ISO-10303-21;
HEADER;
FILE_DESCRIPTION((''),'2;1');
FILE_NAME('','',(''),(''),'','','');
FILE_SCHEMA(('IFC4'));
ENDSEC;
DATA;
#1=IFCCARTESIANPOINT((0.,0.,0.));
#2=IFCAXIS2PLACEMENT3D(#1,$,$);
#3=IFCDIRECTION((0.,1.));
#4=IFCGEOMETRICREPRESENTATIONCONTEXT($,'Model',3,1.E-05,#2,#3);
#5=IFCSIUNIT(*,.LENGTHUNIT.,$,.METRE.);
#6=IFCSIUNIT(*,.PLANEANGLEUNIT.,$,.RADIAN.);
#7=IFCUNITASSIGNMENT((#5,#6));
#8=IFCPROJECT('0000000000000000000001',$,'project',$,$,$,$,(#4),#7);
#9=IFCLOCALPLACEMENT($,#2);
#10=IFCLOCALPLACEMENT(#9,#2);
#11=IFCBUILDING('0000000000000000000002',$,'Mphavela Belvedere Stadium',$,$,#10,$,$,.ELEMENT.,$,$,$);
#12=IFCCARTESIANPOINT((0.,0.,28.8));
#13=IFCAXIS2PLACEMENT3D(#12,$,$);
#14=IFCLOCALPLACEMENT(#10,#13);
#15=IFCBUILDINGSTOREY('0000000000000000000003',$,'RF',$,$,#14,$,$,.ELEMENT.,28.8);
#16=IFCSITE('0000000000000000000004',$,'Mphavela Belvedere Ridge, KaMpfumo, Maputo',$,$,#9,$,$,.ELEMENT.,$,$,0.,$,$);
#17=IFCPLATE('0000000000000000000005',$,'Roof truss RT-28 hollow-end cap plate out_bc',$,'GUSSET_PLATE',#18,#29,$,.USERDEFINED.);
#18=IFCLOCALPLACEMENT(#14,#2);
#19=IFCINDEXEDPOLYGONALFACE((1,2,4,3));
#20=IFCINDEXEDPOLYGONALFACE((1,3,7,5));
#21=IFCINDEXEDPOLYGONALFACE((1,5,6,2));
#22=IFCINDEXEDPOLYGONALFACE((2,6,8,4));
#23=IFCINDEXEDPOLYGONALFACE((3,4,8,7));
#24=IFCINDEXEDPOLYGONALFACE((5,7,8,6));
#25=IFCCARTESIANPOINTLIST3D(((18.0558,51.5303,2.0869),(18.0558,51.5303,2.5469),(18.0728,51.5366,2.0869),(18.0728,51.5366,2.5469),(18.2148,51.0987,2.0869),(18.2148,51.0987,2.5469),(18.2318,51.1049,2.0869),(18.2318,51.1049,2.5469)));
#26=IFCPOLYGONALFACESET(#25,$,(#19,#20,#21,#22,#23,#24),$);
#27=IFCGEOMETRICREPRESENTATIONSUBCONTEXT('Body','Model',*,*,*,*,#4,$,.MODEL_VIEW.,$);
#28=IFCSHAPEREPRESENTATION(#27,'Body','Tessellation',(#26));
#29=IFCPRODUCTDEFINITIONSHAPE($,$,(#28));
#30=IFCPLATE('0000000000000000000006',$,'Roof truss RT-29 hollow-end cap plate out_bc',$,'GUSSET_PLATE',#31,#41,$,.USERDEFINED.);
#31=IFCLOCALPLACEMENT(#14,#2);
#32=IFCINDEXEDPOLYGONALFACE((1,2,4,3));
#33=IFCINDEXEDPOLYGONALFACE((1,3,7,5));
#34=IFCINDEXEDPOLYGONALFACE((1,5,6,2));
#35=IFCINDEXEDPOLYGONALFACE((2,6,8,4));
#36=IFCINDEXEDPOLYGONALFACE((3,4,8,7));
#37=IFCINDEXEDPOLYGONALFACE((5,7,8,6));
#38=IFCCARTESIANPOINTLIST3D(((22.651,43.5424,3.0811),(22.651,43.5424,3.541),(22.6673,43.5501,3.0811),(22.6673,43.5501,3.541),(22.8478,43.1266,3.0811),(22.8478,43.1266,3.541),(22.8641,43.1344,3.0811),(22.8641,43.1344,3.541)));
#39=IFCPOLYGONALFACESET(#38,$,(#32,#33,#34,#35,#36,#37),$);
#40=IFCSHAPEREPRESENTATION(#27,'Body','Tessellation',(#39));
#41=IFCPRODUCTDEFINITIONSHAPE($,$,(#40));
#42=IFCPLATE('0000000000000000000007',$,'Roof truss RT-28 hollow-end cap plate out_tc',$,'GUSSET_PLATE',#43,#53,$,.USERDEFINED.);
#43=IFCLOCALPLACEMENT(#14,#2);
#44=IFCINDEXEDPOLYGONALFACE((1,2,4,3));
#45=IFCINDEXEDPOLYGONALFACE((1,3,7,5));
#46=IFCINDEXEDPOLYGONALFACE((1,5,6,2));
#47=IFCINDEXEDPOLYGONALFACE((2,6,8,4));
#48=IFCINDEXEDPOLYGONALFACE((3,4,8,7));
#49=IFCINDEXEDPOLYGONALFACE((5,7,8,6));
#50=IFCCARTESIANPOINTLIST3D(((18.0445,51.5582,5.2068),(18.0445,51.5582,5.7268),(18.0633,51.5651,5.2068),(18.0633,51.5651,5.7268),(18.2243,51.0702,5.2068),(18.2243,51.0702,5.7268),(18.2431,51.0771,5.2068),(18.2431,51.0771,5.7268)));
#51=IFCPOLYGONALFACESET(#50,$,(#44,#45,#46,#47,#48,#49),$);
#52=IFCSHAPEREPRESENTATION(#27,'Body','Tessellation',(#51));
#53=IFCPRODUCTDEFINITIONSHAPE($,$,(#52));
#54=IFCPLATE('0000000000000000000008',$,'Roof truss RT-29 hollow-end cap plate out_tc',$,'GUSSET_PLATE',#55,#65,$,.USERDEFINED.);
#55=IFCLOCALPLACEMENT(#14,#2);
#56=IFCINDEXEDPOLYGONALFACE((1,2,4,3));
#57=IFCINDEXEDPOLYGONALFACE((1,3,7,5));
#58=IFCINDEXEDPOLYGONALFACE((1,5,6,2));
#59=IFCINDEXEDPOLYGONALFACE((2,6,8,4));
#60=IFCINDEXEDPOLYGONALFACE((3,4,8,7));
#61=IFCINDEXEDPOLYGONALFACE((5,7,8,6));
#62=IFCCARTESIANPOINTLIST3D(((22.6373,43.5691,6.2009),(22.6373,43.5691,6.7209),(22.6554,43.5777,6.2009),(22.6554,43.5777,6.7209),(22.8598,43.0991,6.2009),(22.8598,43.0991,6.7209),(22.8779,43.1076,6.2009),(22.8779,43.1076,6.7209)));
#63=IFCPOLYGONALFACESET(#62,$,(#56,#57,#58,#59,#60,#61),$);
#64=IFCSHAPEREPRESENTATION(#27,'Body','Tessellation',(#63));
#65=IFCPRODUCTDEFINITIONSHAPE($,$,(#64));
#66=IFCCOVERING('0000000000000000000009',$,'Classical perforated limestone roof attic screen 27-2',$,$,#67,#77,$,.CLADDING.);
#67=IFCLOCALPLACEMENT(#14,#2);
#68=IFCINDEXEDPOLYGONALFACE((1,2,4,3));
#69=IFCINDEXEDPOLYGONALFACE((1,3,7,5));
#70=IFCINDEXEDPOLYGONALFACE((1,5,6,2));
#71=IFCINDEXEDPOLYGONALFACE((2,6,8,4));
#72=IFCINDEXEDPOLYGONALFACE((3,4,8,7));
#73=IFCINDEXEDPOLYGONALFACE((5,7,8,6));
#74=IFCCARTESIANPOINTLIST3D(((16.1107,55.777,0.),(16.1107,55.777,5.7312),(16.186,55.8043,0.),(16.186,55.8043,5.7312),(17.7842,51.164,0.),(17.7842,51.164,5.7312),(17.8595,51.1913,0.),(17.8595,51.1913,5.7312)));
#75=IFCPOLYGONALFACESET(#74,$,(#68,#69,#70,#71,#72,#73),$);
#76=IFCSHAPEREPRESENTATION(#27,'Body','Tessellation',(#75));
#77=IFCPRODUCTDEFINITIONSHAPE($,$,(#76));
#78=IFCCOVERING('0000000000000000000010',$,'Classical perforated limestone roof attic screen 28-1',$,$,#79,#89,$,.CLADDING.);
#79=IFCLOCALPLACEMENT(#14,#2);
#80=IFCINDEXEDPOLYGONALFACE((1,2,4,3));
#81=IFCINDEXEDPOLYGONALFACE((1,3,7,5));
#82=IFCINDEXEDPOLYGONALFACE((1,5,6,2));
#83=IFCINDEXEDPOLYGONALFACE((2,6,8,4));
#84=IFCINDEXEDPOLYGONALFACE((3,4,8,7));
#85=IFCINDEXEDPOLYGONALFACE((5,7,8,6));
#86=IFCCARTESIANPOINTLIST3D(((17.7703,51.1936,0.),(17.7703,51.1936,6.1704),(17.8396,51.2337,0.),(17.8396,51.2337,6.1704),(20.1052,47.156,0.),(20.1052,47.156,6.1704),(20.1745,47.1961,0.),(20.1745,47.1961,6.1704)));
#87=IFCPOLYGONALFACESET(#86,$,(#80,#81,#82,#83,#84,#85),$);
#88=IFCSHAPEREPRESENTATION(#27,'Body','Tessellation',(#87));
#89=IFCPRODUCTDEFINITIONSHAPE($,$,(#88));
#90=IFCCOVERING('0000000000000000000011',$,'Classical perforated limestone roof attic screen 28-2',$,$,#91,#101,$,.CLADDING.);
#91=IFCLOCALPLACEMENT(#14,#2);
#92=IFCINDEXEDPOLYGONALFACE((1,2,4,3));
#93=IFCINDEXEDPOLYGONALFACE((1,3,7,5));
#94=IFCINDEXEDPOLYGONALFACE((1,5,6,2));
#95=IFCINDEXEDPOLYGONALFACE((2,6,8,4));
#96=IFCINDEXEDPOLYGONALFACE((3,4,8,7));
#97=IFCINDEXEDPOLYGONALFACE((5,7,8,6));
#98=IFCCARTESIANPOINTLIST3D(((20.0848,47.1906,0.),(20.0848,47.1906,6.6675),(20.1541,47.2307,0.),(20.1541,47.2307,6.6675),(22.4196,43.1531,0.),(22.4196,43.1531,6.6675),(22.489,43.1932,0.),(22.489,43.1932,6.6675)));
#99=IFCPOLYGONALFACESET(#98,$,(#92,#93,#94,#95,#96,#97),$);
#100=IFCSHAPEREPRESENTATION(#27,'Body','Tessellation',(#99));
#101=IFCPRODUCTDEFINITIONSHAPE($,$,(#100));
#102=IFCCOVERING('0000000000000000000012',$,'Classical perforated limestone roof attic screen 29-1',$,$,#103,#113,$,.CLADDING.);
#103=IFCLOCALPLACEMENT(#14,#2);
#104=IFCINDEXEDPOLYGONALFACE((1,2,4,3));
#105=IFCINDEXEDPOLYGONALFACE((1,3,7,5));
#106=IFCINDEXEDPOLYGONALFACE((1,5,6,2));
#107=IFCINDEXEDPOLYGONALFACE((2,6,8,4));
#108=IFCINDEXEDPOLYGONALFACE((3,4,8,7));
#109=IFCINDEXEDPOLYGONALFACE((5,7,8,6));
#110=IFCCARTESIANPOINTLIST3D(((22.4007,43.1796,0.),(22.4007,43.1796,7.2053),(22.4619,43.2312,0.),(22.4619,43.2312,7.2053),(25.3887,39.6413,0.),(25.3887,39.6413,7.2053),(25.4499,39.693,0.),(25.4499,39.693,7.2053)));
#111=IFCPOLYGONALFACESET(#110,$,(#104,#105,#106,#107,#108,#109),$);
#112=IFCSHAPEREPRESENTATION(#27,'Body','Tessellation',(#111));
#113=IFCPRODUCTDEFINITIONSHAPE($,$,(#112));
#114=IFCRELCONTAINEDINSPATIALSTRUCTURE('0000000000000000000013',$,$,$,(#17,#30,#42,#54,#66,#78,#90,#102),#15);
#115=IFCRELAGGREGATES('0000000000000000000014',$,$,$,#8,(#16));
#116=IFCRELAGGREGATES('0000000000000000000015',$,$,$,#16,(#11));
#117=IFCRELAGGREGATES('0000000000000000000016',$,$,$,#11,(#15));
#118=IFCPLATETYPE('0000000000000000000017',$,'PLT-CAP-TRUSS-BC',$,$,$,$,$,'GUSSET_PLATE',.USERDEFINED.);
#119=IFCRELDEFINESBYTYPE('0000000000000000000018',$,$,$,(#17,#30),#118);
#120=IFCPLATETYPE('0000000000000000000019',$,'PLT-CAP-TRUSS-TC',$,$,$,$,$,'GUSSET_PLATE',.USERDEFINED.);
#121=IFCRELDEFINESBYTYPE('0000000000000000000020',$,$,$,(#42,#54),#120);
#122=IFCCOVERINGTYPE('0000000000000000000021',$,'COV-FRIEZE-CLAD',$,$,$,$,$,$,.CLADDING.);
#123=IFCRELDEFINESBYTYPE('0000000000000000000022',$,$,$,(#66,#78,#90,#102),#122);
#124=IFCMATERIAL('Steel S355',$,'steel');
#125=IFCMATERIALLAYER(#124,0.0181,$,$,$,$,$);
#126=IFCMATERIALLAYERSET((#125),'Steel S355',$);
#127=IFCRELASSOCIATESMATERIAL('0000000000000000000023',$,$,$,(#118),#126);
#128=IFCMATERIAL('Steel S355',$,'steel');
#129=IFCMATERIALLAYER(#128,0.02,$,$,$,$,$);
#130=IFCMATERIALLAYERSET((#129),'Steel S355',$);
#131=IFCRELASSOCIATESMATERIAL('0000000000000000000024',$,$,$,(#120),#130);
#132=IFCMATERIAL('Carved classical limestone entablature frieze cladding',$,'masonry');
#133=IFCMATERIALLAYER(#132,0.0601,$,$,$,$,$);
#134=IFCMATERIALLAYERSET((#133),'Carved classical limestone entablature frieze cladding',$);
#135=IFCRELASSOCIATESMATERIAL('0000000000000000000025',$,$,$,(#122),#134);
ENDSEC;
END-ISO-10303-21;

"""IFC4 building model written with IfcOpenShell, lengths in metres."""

from ifc_helpers import new_model, si_unit, direction, frame, origin, origin_2d, place, context, subcontext, project, spatial, rectangle, extrude, material, layer, layer_set, type_object, element, save


model = new_model("IFC4")

# Units and contexts
model_context = context("Model", 3, precision=1e-05, world=origin(), true_north=direction((0.0, 1.0)))
body_context = subcontext(model_context, "Body", "Model", "MODEL_VIEW")
ifc_project = project(units=[si_unit("LENGTHUNIT", "METRE"), si_unit("PLANEANGLEUNIT", "RADIAN")], contexts=[model_context])

# Site, building, storey
site_placement = place(None, origin())
site = spatial("IfcSite", under=ifc_project, at=site_placement, Name="Mphavela Belvedere Ridge, KaMpfumo, Maputo", CompositionType="ELEMENT", RefElevation=0.0)
building_placement = place(site_placement, origin())
building = spatial("IfcBuilding", under=site, at=building_placement, Name="Mphavela Belvedere Stadium", CompositionType="ELEMENT")
storey_placement = place(building_placement, frame((0.0, 0.0, 28.8)))
storey = spatial("IfcBuildingStorey", under=building, at=storey_placement, Name="RF", CompositionType="ELEMENT", Elevation=28.8)

# Plates
ifc_material_1 = material(Name="Steel S355", Category="steel")
ifc_layer_1 = layer(ifc_material_1, 0.0181)
ifc_layer_set_1 = layer_set([ifc_layer_1], Name="Steel S355")
plate_type_1 = type_object("IfcPlateType", Name="PLT-CAP-TRUSS-BC", ElementType="GUSSET_PLATE", PredefinedType="USERDEFINED", material=ifc_layer_set_1)
for number, where, z_axis, x_axis, name in (
    (1, (18.1438, 51.3176, 2.0869), (0.0, 0.0, 1.0), (-0.938372, -0.345626, 0.0), "Roof truss RT-28 hollow-end cap plate out_bc"),
    (2, (22.7576, 43.3384, 3.0811), (0.0, 0.0, 1.0), (-0.903859, -0.427831, 0.0), "Roof truss RT-29 hollow-end cap plate out_bc"),
):
    element("IfcPlate", number, at=place(storey_placement, frame(where, z_axis=z_axis, x_axis=x_axis)), inside=storey, type_object=plate_type_1, Name=name, ObjectType="GUSSET_PLATE", PredefinedType="USERDEFINED", context=body_context, shape_type="SweptSolid", body=[
        extrude(rectangle(XDim=0.0181, YDim=0.46, at=origin_2d()), origin(), (0.0, 0.0, 1.0), 0.46),
    ])
ifc_material_2 = material(Name="Steel S355", Category="steel")
ifc_layer_2 = layer(ifc_material_2, 0.02)
ifc_layer_set_2 = layer_set([ifc_layer_2], Name="Steel S355")
plate_type_2 = type_object("IfcPlateType", Name="PLT-CAP-TRUSS-TC", ElementType="GUSSET_PLATE", PredefinedType="USERDEFINED", material=ifc_layer_set_2)
for number, where, z_axis, x_axis, name in (
    (3, (18.1438, 51.3176, 5.2068), (0.0, 0.0, 1.0), (-0.938372, -0.345626, 0.0), "Roof truss RT-28 hollow-end cap plate out_tc"),
    (4, (22.7576, 43.3384, 6.2009), (0.0, 0.0, 1.0), (-0.903859, -0.427831, 0.0), "Roof truss RT-29 hollow-end cap plate out_tc"),
):
    element("IfcPlate", number, at=place(storey_placement, frame(where, z_axis=z_axis, x_axis=x_axis)), inside=storey, type_object=plate_type_2, Name=name, ObjectType="GUSSET_PLATE", PredefinedType="USERDEFINED", context=body_context, shape_type="SweptSolid", body=[
        extrude(rectangle(XDim=0.02, YDim=0.52, at=origin_2d()), origin(), (0.0, 0.0, 1.0), 0.52),
    ])

# Coverings
ifc_material_3 = material(Name="Carved classical limestone entablature frieze cladding", Category="masonry")
ifc_layer_3 = layer(ifc_material_3, 0.0601)
ifc_layer_set_3 = layer_set([ifc_layer_3], Name="Carved classical limestone entablature frieze cladding")
covering_type = type_object("IfcCoveringType", Name="COV-FRIEZE-CLAD", PredefinedType="CLADDING", material=ifc_layer_set_3)
covering_1_placement = place(storey_placement, frame((16.9851, 53.4841, 0.0), z_axis=(0.0, 0.0, 1.0), x_axis=(0.341036, -0.94005, 0.0)))
element("IfcCovering", 5, at=covering_1_placement, inside=storey, type_object=covering_type, Name="Classical perforated limestone roof attic screen 27-2", PredefinedType="CLADDING", context=body_context, shape_type="SweptSolid", body=[
    extrude(rectangle(XDim=4.9072, YDim=0.0801, at=origin_2d()), origin(), (0.0, 0.0, 1.0), 5.7312),
])
covering_2_placement = place(storey_placement, frame((18.9724, 49.1948, 0.0), z_axis=(0.0, 0.0, 1.0), x_axis=(0.500604, -0.865676, 0.0)))
element("IfcCovering", 6, at=covering_2_placement, inside=storey, type_object=covering_type, Name="Classical perforated limestone roof attic screen 28-1", PredefinedType="CLADDING", context=body_context, shape_type="SweptSolid", body=[
    extrude(rectangle(XDim=4.6641, YDim=0.0801, at=origin_2d()), origin(), (0.0, 0.0, 1.0), 6.1704),
])
covering_3_placement = place(storey_placement, frame((21.2869, 45.1919, 0.0), z_axis=(0.0, 0.0, 1.0), x_axis=(0.500604, -0.865676, 0.0)))
element("IfcCovering", 7, at=covering_3_placement, inside=storey, type_object=covering_type, Name="Classical perforated limestone roof attic screen 28-2", PredefinedType="CLADDING", context=body_context, shape_type="SweptSolid", body=[
    extrude(rectangle(XDim=4.6641, YDim=0.0801, at=origin_2d()), origin(), (0.0, 0.0, 1.0), 6.6675),
])
covering_4_placement = place(storey_placement, frame((23.9253, 41.4363, 0.0), z_axis=(0.0, 0.0, 1.0), x_axis=(0.645191, -0.764021, 0.0)))
element("IfcCovering", 8, at=covering_4_placement, inside=storey, type_object=covering_type, Name="Classical perforated limestone roof attic screen 29-1", PredefinedType="CLADDING", context=body_context, shape_type="SweptSolid", body=[
    extrude(rectangle(XDim=4.6311, YDim=0.0801, at=origin_2d()), origin(), (0.0, 0.0, 1.0), 7.2053),
])

save(model, "model.ifc")
